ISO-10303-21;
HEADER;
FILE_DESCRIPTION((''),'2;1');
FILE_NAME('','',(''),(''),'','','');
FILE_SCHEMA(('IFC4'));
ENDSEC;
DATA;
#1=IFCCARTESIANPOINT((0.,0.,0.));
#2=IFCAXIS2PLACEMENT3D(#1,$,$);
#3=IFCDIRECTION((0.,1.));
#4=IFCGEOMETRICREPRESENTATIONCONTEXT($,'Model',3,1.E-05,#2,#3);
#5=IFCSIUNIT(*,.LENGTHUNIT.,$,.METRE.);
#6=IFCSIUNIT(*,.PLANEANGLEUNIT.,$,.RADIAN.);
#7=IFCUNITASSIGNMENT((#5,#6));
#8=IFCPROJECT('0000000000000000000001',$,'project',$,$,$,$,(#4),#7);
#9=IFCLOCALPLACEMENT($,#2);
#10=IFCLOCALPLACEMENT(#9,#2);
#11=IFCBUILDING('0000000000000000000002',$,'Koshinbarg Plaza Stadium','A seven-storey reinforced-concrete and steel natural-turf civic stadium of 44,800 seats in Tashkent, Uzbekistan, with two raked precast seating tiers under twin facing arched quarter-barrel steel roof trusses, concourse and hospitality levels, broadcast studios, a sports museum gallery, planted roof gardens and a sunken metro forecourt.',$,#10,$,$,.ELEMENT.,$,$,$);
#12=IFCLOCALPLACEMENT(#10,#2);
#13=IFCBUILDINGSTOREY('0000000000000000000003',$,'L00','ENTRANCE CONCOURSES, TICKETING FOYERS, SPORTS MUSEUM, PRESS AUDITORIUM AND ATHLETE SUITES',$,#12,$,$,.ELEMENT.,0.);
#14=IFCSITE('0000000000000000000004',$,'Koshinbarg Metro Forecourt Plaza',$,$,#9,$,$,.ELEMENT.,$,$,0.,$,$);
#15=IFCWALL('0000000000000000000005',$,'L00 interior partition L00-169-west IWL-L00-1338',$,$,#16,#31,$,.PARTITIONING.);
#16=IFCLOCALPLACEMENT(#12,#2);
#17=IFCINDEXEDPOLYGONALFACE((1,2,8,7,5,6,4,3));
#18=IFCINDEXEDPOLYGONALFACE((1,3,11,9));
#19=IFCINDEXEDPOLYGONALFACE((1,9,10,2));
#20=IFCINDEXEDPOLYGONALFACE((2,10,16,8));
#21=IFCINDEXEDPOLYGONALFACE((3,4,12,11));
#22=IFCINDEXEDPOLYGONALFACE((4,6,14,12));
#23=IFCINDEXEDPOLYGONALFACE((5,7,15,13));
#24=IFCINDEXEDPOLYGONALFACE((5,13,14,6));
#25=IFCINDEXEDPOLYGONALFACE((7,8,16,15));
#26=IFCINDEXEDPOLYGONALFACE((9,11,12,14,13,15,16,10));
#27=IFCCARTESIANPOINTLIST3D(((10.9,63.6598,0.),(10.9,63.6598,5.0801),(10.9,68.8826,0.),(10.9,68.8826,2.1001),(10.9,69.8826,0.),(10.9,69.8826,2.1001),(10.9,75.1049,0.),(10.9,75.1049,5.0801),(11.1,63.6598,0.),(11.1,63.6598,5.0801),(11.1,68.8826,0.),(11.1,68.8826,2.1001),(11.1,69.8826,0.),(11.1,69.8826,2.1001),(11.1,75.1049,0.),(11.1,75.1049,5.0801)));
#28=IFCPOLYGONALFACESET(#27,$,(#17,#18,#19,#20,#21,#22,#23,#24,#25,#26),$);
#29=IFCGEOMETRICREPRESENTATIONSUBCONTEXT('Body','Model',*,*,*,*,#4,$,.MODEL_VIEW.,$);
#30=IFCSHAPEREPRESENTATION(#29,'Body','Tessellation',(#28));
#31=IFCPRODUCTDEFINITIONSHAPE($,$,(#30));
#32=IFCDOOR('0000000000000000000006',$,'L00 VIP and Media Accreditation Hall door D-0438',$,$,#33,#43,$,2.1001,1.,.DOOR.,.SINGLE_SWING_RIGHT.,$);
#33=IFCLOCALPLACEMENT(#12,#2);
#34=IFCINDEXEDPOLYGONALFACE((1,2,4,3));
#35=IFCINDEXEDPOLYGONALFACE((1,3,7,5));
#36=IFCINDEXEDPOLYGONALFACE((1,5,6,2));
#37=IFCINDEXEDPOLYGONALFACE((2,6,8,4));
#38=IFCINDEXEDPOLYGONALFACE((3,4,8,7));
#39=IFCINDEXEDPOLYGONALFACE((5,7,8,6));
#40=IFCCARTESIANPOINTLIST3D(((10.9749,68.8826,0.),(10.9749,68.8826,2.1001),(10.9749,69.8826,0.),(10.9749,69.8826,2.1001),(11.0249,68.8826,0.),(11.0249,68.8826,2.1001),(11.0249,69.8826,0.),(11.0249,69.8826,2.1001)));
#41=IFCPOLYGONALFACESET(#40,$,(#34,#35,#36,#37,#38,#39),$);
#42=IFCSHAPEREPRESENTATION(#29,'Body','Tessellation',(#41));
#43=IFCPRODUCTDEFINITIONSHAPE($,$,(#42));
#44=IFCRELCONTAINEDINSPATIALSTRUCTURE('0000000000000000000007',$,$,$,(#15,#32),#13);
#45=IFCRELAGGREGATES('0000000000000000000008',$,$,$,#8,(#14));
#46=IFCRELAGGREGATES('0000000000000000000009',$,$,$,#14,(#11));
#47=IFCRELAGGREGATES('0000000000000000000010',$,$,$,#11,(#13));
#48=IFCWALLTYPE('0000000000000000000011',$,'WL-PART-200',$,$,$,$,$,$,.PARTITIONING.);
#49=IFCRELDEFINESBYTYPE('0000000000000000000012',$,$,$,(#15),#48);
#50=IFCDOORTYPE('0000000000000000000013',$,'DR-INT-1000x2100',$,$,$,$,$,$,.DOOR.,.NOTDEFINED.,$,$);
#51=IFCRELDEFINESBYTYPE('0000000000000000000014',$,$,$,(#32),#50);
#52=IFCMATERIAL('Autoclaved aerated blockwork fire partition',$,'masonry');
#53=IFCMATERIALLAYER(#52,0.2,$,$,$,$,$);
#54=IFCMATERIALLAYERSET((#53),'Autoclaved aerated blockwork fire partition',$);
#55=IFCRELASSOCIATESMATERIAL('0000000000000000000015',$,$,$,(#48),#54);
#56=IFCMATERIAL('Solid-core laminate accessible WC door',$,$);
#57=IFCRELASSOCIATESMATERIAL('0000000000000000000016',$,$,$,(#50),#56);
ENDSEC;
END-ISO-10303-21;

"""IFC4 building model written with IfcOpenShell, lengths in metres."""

from ifc_helpers import new_model, si_unit, direction, frame, frame_2d, origin, place, context, subcontext, project, spatial, rectangle, extrude, material, layer, layer_set, type_object, element, fill, save


model = new_model("IFC4")

# Units and contexts
model_context = context("Model", 3, precision=1e-05, world=origin(), true_north=direction((0.0, 1.0)))
body_context = subcontext(model_context, "Body", "Model", "MODEL_VIEW")
ifc_project = project(units=[si_unit("LENGTHUNIT", "METRE"), si_unit("PLANEANGLEUNIT", "RADIAN")], contexts=[model_context])

# Site, building, storey
site_placement = place(None, origin())
site = spatial("IfcSite", under=ifc_project, at=site_placement, Name="Koshinbarg Metro Forecourt Plaza", CompositionType="ELEMENT", RefElevation=0.0)
building_placement = place(site_placement, origin())
building = spatial("IfcBuilding", under=site, at=building_placement, Name="Koshinbarg Plaza Stadium", Description="A seven-storey reinforced-concrete and steel natural-turf civic stadium of 44,800 seats in Tashkent, Uzbekistan, with two raked precast seating tiers under twin facing arched quarter-barrel steel roof trusses, concourse and hospitality levels, broadcast studios, a sports museum gallery, planted roof gardens and a sunken metro forecourt.", CompositionType="ELEMENT")
storey_placement = place(building_placement, origin())
storey = spatial("IfcBuildingStorey", under=building, at=storey_placement, Name="L00", Description="ENTRANCE CONCOURSES, TICKETING FOYERS, SPORTS MUSEUM, PRESS AUDITORIUM AND ATHLETE SUITES", CompositionType="ELEMENT", Elevation=0.0)

# Shared definitions
ifc_material_1 = material(Name="Autoclaved aerated blockwork fire partition", Category="masonry")
ifc_layer = layer(ifc_material_1, 0.2)
ifc_layer_set = layer_set([ifc_layer], Name="Autoclaved aerated blockwork fire partition")
wall_type = type_object("IfcWallType", Name="WL-PART-200", PredefinedType="PARTITIONING", material=ifc_layer_set)

# Wall, opening, door
wall_1_placement = place(storey_placement, frame((11.0, 75.105, 0.0), z_axis=(0.0, 0.0, 1.0), x_axis=(0.0, -1.0, 0.0)))
wall_1 = element("IfcWall", 1, at=wall_1_placement, inside=storey, type_object=wall_type, Name="L00 interior partition L00-169-west IWL-L00-1338", PredefinedType="PARTITIONING", context=body_context, shape_type="SweptSolid", body=[
    extrude(rectangle(XDim=11.4451, YDim=0.2, at=frame_2d((5.7227, 0.0))), origin(), (0.0, 0.0, 1.0), 5.0801),
])
opening_1_placement = place(wall_1_placement, frame((5.2224, 0.0, 0.0)))
opening_1 = element("IfcOpeningElement", 2, at=opening_1_placement, cuts=wall_1, PredefinedType="OPENING", context=body_context, shape_type="SweptSolid", body=[
    extrude(rectangle(XDim=1.0, YDim=2.1001, at=frame_2d((0.5, 1.05))), frame((0.0, 0.1099, 0.0), z_axis=(0.0, -1.0, 0.0), x_axis=(1.0, 0.0, 0.0)), (0.0, 0.0, 1.0), 0.22),
])
ifc_material_2 = material(Name="Solid-core laminate accessible WC door")
door_type_1 = type_object("IfcDoorType", Name="DR-INT-1000x2100", OperationType="NOTDEFINED", PredefinedType="DOOR", material=ifc_material_2)
door_1_placement = place(opening_1_placement, origin())
door_1 = element("IfcDoor", 3, at=door_1_placement, inside=storey, type_object=door_type_1, Name="L00 VIP and Media Accreditation Hall door D-0438", OperationType="SINGLE_SWING_RIGHT", OverallHeight=2.1001, OverallWidth=1.0, PredefinedType="DOOR", context=body_context, shape_type="SweptSolid", body=[
    extrude(rectangle(XDim=1.0, YDim=2.1001, at=frame_2d((0.5, 1.05))), frame((0.0, 0.0249, 0.0), z_axis=(0.0, -1.0, 0.0), x_axis=(1.0, 0.0, 0.0)), (0.0, 0.0, 1.0), 0.05),
])
fill(opening_1, door_1)

save(model, "model.ifc")
